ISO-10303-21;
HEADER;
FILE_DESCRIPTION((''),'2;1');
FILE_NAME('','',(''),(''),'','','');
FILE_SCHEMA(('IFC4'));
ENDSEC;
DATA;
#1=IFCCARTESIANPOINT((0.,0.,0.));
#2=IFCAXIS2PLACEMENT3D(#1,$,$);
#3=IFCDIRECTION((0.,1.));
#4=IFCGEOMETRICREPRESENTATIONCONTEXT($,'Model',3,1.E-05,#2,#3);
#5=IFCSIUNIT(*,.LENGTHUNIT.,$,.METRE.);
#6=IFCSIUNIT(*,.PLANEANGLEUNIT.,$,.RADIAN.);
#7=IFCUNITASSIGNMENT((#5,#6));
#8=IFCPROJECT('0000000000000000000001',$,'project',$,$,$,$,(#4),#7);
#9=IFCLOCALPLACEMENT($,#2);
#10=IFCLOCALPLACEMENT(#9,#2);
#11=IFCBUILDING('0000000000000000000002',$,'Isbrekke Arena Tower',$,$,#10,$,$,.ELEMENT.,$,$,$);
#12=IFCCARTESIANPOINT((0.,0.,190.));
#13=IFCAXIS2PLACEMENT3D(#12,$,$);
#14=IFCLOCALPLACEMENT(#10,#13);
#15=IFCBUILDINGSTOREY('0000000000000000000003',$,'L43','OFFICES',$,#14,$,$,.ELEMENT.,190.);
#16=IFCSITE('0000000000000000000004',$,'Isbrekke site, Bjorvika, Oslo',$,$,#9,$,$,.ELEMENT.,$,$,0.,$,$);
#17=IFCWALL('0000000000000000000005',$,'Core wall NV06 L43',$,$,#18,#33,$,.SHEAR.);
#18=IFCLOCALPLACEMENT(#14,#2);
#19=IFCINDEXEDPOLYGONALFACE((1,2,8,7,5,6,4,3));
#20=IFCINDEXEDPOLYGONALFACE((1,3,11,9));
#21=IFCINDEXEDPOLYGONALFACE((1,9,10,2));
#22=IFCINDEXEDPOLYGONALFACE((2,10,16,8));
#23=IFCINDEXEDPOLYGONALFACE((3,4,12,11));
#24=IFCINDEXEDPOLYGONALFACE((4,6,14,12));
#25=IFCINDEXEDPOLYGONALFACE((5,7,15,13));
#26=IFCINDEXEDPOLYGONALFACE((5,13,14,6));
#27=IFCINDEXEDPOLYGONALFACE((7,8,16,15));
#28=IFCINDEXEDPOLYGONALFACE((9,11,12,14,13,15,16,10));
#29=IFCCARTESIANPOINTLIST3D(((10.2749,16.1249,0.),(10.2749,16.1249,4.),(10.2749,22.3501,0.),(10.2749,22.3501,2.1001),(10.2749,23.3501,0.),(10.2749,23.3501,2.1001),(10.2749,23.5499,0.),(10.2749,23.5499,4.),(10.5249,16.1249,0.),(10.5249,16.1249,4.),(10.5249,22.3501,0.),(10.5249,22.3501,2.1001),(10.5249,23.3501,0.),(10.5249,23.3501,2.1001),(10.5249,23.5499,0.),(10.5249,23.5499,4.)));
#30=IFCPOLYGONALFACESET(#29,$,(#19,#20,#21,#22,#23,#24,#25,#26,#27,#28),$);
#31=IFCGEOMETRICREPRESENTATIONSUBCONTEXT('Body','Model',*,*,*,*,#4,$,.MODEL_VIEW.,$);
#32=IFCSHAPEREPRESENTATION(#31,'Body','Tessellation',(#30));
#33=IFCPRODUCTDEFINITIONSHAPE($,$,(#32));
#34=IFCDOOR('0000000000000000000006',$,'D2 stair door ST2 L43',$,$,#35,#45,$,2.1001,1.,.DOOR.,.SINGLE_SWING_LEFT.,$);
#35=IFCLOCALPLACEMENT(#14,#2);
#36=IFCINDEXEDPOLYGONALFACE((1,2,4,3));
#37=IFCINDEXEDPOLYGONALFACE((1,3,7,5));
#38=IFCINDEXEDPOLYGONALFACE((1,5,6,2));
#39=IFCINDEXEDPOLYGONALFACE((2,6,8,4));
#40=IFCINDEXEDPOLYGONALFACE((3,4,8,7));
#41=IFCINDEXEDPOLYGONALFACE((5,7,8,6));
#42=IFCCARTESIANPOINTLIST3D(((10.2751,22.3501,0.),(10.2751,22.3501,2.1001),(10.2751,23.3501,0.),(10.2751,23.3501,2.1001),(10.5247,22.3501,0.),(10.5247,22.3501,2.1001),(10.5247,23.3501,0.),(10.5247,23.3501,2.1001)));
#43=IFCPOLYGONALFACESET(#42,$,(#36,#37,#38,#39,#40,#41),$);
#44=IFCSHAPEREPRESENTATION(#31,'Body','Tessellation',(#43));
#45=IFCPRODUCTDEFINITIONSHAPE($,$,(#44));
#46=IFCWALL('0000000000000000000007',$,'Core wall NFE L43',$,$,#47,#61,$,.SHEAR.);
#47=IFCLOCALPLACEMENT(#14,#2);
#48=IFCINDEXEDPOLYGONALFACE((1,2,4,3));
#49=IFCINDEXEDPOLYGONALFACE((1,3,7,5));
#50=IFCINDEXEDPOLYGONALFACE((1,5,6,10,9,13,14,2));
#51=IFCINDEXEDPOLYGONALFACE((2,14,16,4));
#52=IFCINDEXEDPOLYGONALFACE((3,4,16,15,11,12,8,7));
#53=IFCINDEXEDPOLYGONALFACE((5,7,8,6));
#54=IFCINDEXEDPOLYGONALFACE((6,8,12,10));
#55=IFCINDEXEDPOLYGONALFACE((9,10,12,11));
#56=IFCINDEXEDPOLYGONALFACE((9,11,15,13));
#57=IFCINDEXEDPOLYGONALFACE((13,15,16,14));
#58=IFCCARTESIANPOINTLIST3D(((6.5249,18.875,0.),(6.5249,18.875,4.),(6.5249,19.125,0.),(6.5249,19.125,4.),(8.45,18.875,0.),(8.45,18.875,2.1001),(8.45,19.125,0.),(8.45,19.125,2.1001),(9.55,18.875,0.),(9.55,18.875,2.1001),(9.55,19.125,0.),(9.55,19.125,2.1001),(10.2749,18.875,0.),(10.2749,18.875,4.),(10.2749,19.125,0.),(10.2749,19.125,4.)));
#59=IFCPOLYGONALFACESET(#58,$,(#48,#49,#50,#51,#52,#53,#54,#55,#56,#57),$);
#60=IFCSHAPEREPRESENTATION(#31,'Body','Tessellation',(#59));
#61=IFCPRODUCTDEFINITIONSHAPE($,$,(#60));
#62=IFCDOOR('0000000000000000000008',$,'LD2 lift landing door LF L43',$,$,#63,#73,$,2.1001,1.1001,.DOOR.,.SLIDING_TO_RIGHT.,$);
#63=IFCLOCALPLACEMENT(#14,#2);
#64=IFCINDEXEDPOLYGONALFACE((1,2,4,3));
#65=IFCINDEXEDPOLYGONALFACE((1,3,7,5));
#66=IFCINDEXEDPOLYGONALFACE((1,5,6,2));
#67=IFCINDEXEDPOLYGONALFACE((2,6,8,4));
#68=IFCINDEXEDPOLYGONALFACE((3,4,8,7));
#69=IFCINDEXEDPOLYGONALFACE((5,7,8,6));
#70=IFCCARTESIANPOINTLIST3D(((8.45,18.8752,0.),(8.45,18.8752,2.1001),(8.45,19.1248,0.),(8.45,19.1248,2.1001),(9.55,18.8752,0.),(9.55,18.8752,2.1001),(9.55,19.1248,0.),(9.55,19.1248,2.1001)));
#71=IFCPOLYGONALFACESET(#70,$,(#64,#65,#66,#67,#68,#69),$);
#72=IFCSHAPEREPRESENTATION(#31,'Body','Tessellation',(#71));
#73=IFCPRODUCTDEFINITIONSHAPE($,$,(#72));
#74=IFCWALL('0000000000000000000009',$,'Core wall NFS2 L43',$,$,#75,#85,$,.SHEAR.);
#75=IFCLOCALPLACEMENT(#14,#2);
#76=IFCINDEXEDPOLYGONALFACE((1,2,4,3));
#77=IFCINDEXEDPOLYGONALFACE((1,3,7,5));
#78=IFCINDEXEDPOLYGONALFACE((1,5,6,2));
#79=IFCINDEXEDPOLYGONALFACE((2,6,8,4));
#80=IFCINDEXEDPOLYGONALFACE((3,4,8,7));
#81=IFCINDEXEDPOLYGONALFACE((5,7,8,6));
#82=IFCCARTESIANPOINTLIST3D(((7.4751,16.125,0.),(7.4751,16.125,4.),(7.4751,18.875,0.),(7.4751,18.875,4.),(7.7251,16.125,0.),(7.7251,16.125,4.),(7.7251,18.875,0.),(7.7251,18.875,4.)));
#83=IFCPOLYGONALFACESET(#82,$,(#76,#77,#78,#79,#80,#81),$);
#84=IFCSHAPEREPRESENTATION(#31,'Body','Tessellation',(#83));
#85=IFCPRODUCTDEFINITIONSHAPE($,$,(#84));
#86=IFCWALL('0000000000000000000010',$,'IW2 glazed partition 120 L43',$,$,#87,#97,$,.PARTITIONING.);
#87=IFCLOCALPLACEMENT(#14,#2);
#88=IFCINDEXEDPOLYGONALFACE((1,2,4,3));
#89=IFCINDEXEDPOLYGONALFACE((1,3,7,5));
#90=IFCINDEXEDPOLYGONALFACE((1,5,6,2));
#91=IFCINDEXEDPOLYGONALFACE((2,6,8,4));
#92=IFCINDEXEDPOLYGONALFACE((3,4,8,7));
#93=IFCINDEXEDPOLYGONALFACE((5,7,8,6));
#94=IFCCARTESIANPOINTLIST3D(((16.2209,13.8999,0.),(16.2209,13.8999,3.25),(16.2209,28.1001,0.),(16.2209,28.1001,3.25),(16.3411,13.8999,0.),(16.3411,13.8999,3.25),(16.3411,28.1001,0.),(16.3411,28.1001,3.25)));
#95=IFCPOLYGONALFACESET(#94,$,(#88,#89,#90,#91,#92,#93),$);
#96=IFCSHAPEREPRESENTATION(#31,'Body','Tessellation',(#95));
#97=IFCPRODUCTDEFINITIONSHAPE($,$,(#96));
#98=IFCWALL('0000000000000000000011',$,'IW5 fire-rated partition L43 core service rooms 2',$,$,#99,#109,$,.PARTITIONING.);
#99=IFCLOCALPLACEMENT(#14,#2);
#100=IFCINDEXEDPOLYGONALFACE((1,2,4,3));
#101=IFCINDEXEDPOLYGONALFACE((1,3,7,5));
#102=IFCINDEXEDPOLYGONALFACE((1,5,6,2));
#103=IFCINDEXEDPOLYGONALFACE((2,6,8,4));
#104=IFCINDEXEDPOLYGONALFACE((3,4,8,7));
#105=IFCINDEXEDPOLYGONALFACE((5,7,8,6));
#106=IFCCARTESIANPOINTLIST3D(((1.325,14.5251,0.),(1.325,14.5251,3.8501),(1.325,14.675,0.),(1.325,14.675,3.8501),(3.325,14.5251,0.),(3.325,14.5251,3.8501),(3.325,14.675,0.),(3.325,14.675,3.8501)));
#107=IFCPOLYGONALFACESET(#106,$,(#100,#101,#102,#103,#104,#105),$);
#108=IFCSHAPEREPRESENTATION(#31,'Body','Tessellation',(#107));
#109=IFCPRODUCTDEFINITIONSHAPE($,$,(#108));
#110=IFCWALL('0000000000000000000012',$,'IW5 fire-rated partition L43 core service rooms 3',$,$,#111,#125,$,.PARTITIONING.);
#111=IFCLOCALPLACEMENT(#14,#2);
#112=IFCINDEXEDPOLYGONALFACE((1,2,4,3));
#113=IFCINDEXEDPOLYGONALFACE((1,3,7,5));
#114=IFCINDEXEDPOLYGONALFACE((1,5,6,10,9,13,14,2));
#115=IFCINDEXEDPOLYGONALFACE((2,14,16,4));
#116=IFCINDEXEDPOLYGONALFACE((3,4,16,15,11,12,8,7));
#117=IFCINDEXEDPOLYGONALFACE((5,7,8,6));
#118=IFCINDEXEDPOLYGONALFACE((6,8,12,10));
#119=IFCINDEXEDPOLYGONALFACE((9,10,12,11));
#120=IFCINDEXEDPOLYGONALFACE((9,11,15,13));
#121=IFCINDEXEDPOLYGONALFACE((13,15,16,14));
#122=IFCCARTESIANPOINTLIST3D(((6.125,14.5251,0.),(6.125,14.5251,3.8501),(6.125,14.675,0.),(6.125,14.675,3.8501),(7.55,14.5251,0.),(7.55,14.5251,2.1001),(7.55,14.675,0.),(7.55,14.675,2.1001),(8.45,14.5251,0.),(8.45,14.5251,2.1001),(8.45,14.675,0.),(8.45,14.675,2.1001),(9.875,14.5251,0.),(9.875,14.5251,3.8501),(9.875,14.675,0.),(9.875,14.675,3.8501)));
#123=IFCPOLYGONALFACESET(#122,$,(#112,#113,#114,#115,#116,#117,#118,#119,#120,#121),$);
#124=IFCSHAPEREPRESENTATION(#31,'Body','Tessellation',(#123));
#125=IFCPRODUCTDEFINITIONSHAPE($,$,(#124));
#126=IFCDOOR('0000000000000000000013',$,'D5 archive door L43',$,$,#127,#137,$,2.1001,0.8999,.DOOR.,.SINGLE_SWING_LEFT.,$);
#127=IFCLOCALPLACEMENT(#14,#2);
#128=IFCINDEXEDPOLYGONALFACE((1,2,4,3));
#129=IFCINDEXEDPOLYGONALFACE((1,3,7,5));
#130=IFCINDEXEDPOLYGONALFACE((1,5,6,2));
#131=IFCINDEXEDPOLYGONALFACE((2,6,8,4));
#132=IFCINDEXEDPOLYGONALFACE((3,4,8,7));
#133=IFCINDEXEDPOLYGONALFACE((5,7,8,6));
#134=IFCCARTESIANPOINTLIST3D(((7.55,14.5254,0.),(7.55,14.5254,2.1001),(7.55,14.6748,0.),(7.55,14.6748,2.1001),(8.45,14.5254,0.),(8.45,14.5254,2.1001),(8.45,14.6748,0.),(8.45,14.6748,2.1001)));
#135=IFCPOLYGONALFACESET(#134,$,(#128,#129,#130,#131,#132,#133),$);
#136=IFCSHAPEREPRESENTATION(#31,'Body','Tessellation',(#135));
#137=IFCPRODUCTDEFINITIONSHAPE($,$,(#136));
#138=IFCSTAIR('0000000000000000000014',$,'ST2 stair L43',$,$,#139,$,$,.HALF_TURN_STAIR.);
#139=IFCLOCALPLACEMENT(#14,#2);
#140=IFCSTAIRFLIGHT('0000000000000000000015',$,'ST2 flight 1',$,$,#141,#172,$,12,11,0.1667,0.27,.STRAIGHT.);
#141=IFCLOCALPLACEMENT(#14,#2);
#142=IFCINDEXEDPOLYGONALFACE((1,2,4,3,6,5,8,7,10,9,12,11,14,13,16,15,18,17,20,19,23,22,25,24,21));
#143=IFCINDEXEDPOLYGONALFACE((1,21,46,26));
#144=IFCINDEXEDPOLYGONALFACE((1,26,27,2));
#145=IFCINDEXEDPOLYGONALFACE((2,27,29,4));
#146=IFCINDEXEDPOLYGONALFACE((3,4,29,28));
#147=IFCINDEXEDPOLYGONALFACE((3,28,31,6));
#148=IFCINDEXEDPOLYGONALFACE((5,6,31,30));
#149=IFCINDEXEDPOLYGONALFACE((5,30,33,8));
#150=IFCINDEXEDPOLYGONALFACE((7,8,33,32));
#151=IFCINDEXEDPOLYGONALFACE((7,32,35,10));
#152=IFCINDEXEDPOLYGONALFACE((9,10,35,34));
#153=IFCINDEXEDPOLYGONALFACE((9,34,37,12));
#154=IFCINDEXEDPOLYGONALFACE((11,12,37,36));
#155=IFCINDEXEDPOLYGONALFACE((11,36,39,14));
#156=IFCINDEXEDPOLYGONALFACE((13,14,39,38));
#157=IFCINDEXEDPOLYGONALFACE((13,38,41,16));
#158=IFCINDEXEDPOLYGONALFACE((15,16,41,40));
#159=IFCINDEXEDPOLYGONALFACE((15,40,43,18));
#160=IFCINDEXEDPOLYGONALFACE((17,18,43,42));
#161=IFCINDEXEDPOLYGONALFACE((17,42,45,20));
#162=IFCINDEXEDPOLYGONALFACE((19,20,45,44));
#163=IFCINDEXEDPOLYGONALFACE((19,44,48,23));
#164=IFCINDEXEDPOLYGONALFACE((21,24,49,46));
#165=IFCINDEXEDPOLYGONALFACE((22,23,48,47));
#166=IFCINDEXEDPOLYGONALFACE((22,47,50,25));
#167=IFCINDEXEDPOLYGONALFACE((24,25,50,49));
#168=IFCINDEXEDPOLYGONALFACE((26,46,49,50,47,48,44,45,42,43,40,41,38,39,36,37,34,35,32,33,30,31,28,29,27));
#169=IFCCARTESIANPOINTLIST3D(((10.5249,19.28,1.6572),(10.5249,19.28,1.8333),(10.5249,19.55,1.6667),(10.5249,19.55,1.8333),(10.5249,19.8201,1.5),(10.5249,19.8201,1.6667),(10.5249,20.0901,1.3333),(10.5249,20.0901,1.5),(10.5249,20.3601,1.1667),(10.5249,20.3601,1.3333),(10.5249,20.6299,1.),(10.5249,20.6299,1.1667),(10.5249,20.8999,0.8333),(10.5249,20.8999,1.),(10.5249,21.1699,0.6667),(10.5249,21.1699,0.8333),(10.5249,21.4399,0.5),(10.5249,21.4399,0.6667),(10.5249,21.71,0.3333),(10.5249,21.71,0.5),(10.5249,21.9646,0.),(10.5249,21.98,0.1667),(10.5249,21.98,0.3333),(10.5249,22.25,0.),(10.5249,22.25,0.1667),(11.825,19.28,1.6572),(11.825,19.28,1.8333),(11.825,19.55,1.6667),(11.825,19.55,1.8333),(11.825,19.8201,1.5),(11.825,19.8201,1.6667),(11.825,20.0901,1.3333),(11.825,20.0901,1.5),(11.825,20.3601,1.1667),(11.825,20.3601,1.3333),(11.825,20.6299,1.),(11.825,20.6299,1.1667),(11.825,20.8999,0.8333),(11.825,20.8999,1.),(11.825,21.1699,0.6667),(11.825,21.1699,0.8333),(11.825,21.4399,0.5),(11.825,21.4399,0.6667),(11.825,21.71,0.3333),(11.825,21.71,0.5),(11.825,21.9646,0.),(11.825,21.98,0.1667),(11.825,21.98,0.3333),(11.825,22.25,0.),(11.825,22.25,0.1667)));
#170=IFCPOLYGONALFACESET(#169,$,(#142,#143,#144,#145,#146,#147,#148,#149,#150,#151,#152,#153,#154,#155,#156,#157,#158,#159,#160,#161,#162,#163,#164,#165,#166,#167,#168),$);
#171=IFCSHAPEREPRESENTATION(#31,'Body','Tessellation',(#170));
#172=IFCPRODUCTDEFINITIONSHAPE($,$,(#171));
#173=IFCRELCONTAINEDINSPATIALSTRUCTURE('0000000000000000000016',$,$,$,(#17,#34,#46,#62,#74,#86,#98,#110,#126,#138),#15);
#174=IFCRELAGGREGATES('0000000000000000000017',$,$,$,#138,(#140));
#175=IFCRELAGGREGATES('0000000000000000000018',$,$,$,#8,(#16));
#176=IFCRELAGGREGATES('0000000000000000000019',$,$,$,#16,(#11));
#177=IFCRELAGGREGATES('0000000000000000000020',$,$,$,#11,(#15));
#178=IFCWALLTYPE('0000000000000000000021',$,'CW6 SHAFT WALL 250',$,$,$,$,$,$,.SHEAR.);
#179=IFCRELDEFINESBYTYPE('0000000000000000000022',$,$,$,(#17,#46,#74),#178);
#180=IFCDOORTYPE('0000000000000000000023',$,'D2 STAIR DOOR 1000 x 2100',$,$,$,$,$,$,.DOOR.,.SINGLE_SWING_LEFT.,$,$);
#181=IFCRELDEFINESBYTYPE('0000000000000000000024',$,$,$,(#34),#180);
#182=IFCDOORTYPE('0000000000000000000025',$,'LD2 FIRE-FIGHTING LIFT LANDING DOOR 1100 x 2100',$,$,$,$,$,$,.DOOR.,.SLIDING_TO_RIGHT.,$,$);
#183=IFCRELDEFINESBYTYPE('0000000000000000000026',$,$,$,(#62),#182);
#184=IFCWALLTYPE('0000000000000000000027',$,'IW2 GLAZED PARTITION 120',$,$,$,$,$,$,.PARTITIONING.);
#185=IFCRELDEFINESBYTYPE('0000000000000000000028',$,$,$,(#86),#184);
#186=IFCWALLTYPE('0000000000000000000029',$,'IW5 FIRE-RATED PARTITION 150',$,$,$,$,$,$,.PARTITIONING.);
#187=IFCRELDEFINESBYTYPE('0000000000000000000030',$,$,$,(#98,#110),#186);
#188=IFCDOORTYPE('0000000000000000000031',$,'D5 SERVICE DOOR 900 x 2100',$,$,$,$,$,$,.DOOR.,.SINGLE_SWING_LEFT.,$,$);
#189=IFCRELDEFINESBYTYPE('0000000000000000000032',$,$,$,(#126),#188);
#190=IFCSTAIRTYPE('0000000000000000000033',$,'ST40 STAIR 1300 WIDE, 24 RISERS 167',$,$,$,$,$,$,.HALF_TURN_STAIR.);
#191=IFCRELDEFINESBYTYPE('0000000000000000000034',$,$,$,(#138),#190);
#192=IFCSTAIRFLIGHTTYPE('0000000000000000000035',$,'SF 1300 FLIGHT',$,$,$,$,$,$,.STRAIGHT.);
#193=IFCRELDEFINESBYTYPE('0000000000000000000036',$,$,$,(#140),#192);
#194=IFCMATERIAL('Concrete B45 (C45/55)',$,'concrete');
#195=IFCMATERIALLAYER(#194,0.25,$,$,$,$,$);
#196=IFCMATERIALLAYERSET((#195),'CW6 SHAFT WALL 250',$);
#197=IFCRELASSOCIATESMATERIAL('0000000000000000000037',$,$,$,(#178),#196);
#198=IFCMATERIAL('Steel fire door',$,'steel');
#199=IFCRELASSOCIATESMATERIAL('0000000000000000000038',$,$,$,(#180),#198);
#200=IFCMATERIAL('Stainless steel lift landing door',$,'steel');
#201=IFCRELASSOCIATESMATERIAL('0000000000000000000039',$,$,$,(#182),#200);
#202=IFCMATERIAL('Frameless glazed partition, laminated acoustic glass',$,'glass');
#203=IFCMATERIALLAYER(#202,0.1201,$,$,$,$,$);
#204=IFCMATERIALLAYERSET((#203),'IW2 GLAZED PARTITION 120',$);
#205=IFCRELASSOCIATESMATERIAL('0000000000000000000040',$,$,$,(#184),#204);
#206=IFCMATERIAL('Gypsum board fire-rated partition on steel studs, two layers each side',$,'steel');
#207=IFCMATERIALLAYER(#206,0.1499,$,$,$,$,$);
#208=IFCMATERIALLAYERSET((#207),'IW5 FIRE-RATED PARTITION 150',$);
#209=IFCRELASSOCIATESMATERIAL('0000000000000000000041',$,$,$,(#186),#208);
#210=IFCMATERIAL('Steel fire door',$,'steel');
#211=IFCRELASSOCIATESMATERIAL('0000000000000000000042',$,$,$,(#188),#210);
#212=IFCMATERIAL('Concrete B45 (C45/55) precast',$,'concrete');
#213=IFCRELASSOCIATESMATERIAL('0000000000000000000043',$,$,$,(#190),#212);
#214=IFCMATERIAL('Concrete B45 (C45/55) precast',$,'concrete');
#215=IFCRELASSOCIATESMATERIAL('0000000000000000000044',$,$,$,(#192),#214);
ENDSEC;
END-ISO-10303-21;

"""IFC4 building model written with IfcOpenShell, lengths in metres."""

from ifc_helpers import new_model, si_unit, direction, frame, frame_2d, origin, place, context, subcontext, project, spatial, polyline, rectangle, outline, extrude, material, layer, layer_set, type_object, element, fill, aggregate, save


model = new_model("IFC4")

# Units and contexts
model_context = context("Model", 3, precision=1e-05, world=origin(), true_north=direction((0.0, 1.0)))
body_context = subcontext(model_context, "Body", "Model", "MODEL_VIEW")
ifc_project = project(units=[si_unit("LENGTHUNIT", "METRE"), si_unit("PLANEANGLEUNIT", "RADIAN")], contexts=[model_context])

# Site, building, storey
site_placement = place(None, origin())
site = spatial("IfcSite", under=ifc_project, at=site_placement, Name="Isbrekke site, Bjorvika, Oslo", CompositionType="ELEMENT", RefElevation=0.0)
building_placement = place(site_placement, origin())
building = spatial("IfcBuilding", under=site, at=building_placement, Name="Isbrekke Arena Tower", CompositionType="ELEMENT")
storey_placement = place(building_placement, frame((0.0, 0.0, 190.0)))
storey = spatial("IfcBuildingStorey", under=building, at=storey_placement, Name="L43", Description="OFFICES", CompositionType="ELEMENT", Elevation=190.0)

# Shared definitions
ifc_material_1 = material(Name="Concrete B45 (C45/55)", Category="concrete")
ifc_layer_1 = layer(ifc_material_1, 0.25)
ifc_layer_set_1 = layer_set([ifc_layer_1], Name="CW6 SHAFT WALL 250")
wall_type_1 = type_object("IfcWallType", Name="CW6 SHAFT WALL 250", PredefinedType="SHEAR", material=ifc_layer_set_1)

# Walls, openings, doors
wall_1_placement = place(storey_placement, frame((10.3999, 16.125, 0.0), z_axis=(0.0, 0.0, 1.0), x_axis=(0.0, 1.0, 0.0)))
wall_1 = element("IfcWall", 1, at=wall_1_placement, inside=storey, type_object=wall_type_1, Name="Core wall NV06 L43", PredefinedType="SHEAR", context=body_context, shape_type="SweptSolid", body=[
    extrude(rectangle(XDim=7.425, YDim=0.25, at=frame_2d((3.7124, 0.0))), origin(), (0.0, 0.0, 1.0), 4.0),
])
opening_1_placement = place(wall_1_placement, frame((6.2251, 0.0, 0.0)))
opening_1 = element("IfcOpeningElement", 2, at=opening_1_placement, cuts=wall_1, PredefinedType="OPENING", context=body_context, shape_type="SweptSolid", body=[
    extrude(rectangle(XDim=1.0, YDim=2.1001, at=frame_2d((0.5, 1.05))), frame((0.0, 0.1399, 0.0), z_axis=(0.0, -1.0, 0.0), x_axis=(1.0, 0.0, 0.0)), (0.0, 0.0, 1.0), 0.2798),
])
ifc_material_2 = material(Name="Steel fire door", Category="steel")
door_type_1 = type_object("IfcDoorType", Name="D2 STAIR DOOR 1000 x 2100", OperationType="SINGLE_SWING_LEFT", PredefinedType="DOOR", material=ifc_material_2)
door_1_placement = place(opening_1_placement, origin())
door_1 = element("IfcDoor", 3, at=door_1_placement, inside=storey, type_object=door_type_1, Name="D2 stair door ST2 L43", OperationType="SINGLE_SWING_LEFT", OverallHeight=2.1001, OverallWidth=1.0, PredefinedType="DOOR", context=body_context, shape_type="SweptSolid", body=[
    extrude(rectangle(XDim=1.0, YDim=2.1001, at=frame_2d((0.5, 1.05))), frame((0.0, 0.1248, 0.0), z_axis=(0.0, -1.0, 0.0), x_axis=(1.0, 0.0, 0.0)), (0.0, 0.0, 1.0), 0.2495),
])
fill(opening_1, door_1)
wall_2_placement = place(storey_placement, frame((6.5249, 19.0, 0.0), z_axis=(0.0, 0.0, 1.0), x_axis=(1.0, 0.0, 0.0)))
wall_2 = element("IfcWall", 4, at=wall_2_placement, inside=storey, type_object=wall_type_1, Name="Core wall NFE L43", PredefinedType="SHEAR", context=body_context, shape_type="SweptSolid", body=[
    extrude(rectangle(XDim=3.75, YDim=0.25, at=frame_2d((1.875, 0.0))), origin(), (0.0, 0.0, 1.0), 4.0),
])
opening_2_placement = place(wall_2_placement, frame((1.925, 0.0, 0.0)))
opening_2 = element("IfcOpeningElement", 5, at=opening_2_placement, cuts=wall_2, PredefinedType="OPENING", context=body_context, shape_type="SweptSolid", body=[
    extrude(rectangle(XDim=1.1001, YDim=2.1001, at=frame_2d((0.55, 1.05))), frame((0.0, 0.1399, 0.0), z_axis=(0.0, -1.0, 0.0), x_axis=(1.0, 0.0, 0.0)), (0.0, 0.0, 1.0), 0.2798),
])
ifc_material_3 = material(Name="Stainless steel lift landing door", Category="steel")
door_type_2 = type_object("IfcDoorType", Name="LD2 FIRE-FIGHTING LIFT LANDING DOOR 1100 x 2100", OperationType="SLIDING_TO_RIGHT", PredefinedType="DOOR", material=ifc_material_3)
door_2_placement = place(opening_2_placement, origin())
door_2 = element("IfcDoor", 6, at=door_2_placement, inside=storey, type_object=door_type_2, Name="LD2 lift landing door LF L43", OperationType="SLIDING_TO_RIGHT", OverallHeight=2.1001, OverallWidth=1.1001, PredefinedType="DOOR", context=body_context, shape_type="SweptSolid", body=[
    extrude(rectangle(XDim=1.1001, YDim=2.1001, at=frame_2d((0.55, 1.05))), frame((0.0, 0.1248, 0.0), z_axis=(0.0, -1.0, 0.0), x_axis=(1.0, 0.0, 0.0)), (0.0, 0.0, 1.0), 0.2495),
])
fill(opening_2, door_2)

# Walls
wall_3_placement = place(storey_placement, frame((7.6001, 16.125, 0.0), z_axis=(0.0, 0.0, 1.0), x_axis=(0.0, 1.0, 0.0)))
element("IfcWall", 7, at=wall_3_placement, inside=storey, type_object=wall_type_1, Name="Core wall NFS2 L43", PredefinedType="SHEAR", context=body_context, shape_type="SweptSolid", body=[
    extrude(rectangle(XDim=2.75, YDim=0.25, at=frame_2d((1.375, 0.0))), origin(), (0.0, 0.0, 1.0), 4.0),
])
ifc_material_4 = material(Name="Frameless glazed partition, laminated acoustic glass", Category="glass")
ifc_layer_2 = layer(ifc_material_4, 0.1201)
ifc_layer_set_2 = layer_set([ifc_layer_2], Name="IW2 GLAZED PARTITION 120")
wall_type_2 = type_object("IfcWallType", Name="IW2 GLAZED PARTITION 120", PredefinedType="PARTITIONING", material=ifc_layer_set_2)
wall_4_placement = place(storey_placement, frame((16.281, 13.8999, 0.0), z_axis=(0.0, 0.0, 1.0), x_axis=(0.0, 1.0, 0.0)))
element("IfcWall", 8, at=wall_4_placement, inside=storey, type_object=wall_type_2, Name="IW2 glazed partition 120 L43", PredefinedType="PARTITIONING", context=body_context, shape_type="SweptSolid", body=[
    extrude(rectangle(XDim=14.2002, YDim=0.1201, at=frame_2d((7.1001, 0.0))), origin(), (0.0, 0.0, 1.0), 3.25),
])
ifc_material_5 = material(Name="Gypsum board fire-rated partition on steel studs, two layers each side", Category="steel")
ifc_layer_3 = layer(ifc_material_5, 0.1499)
ifc_layer_set_3 = layer_set([ifc_layer_3], Name="IW5 FIRE-RATED PARTITION 150")
wall_type_3 = type_object("IfcWallType", Name="IW5 FIRE-RATED PARTITION 150", PredefinedType="PARTITIONING", material=ifc_layer_set_3)
wall_5_placement = place(storey_placement, frame((1.325, 14.6001, 0.0), z_axis=(0.0, 0.0, 1.0), x_axis=(1.0, 0.0, 0.0)))
element("IfcWall", 9, at=wall_5_placement, inside=storey, type_object=wall_type_3, Name="IW5 fire-rated partition L43 core service rooms 2", PredefinedType="PARTITIONING", context=body_context, shape_type="SweptSolid", body=[
    extrude(rectangle(XDim=2.0, YDim=0.1499, at=frame_2d((1.0, 0.0))), origin(), (0.0, 0.0, 1.0), 3.8501),
])

# Wall, opening, door
wall_6_placement = place(storey_placement, frame((6.125, 14.6001, 0.0), z_axis=(0.0, 0.0, 1.0), x_axis=(1.0, 0.0, 0.0)))
wall_6 = element("IfcWall", 10, at=wall_6_placement, inside=storey, type_object=wall_type_3, Name="IW5 fire-rated partition L43 core service rooms 3", PredefinedType="PARTITIONING", context=body_context, shape_type="SweptSolid", body=[
    extrude(rectangle(XDim=3.75, YDim=0.1499, at=frame_2d((1.875, 0.0))), origin(), (0.0, 0.0, 1.0), 3.8501),
])
opening_3_placement = place(wall_6_placement, frame((1.425, 0.0, 0.0)))
opening_3 = element("IfcOpeningElement", 11, at=opening_3_placement, cuts=wall_6, PredefinedType="OPENING", context=body_context, shape_type="SweptSolid", body=[
    extrude(rectangle(XDim=0.8999, YDim=2.1001, at=frame_2d((0.45, 1.05))), frame((0.0, 0.0898, 0.0), z_axis=(0.0, -1.0, 0.0), x_axis=(1.0, 0.0, 0.0)), (0.0, 0.0, 1.0), 0.1797),
])
ifc_material_6 = material(Name="Steel fire door", Category="steel")
door_type_3 = type_object("IfcDoorType", Name="D5 SERVICE DOOR 900 x 2100", OperationType="SINGLE_SWING_LEFT", PredefinedType="DOOR", material=ifc_material_6)
door_3_placement = place(opening_3_placement, origin())
door_3 = element("IfcDoor", 12, at=door_3_placement, inside=storey, type_object=door_type_3, Name="D5 archive door L43", OperationType="SINGLE_SWING_LEFT", OverallHeight=2.1001, OverallWidth=0.8999, PredefinedType="DOOR", context=body_context, shape_type="SweptSolid", body=[
    extrude(rectangle(XDim=0.8999, YDim=2.1001, at=frame_2d((0.45, 1.05))), frame((0.0, 0.0747, 0.0), z_axis=(0.0, -1.0, 0.0), x_axis=(1.0, 0.0, 0.0)), (0.0, 0.0, 1.0), 0.1494),
])
fill(opening_3, door_3)

# Stair, stair flight
ifc_material_7 = material(Name="Concrete B45 (C45/55) precast", Category="concrete")
stair_type = type_object("IfcStairType", Name="ST40 STAIR 1300 WIDE, 24 RISERS 167", PredefinedType="HALF_TURN_STAIR", material=ifc_material_7)
stair_placement = place(storey_placement, origin())
stair = element("IfcStair", 13, at=stair_placement, inside=storey, type_object=stair_type, Name="ST2 stair L43", PredefinedType="HALF_TURN_STAIR")
ifc_material_8 = material(Name="Concrete B45 (C45/55) precast", Category="concrete")
stair_flight_type = type_object("IfcStairFlightType", Name="SF 1300 FLIGHT", PredefinedType="STRAIGHT", material=ifc_material_8)
stair_flight_1_placement = place(storey_placement, frame((11.175, 22.25, 0.0), z_axis=(0.0, 0.0, 1.0), x_axis=(0.0, -1.0, 0.0)))
stair_flight_1 = element("IfcStairFlight", 14, at=stair_flight_1_placement, type_object=stair_flight_type, Name="ST2 flight 1", NumberOfRisers=12, NumberOfTreads=11, PredefinedType="STRAIGHT", RiserHeight=0.1667, TreadLength=0.27, context=body_context, shape_type="SweptSolid", body=[
    extrude(outline(polyline([(0.0, 0.0), (0.0, 0.1667), (0.27, 0.1667), (0.27, 0.3333), (0.54, 0.3333), (0.54, 0.5), (0.8101, 0.5), (0.8101, 0.6667), (1.0801, 0.6667), (1.0801, 0.8333), (1.3501, 0.8333), (1.3501, 1.0), (1.6201, 1.0), (1.6201, 1.1667), (1.8899, 1.1667), (1.8899, 1.3333), (2.1599, 1.3333), (2.1599, 1.5), (2.4299, 1.5), (2.4299, 1.6667), (2.7, 1.6667), (2.7, 1.8333), (2.97, 1.8333), (2.97, 2.0), (2.97, 1.6572), (0.2854, 0.0), (0.0, 0.0)])), frame((0.0, 0.6499, 0.0), z_axis=(0.0, -1.0, 0.0), x_axis=(1.0, 0.0, 0.0)), (0.0, 0.0, 1.0), 1.3),
])
aggregate(stair, [stair_flight_1])

save(model, "model.ifc")
